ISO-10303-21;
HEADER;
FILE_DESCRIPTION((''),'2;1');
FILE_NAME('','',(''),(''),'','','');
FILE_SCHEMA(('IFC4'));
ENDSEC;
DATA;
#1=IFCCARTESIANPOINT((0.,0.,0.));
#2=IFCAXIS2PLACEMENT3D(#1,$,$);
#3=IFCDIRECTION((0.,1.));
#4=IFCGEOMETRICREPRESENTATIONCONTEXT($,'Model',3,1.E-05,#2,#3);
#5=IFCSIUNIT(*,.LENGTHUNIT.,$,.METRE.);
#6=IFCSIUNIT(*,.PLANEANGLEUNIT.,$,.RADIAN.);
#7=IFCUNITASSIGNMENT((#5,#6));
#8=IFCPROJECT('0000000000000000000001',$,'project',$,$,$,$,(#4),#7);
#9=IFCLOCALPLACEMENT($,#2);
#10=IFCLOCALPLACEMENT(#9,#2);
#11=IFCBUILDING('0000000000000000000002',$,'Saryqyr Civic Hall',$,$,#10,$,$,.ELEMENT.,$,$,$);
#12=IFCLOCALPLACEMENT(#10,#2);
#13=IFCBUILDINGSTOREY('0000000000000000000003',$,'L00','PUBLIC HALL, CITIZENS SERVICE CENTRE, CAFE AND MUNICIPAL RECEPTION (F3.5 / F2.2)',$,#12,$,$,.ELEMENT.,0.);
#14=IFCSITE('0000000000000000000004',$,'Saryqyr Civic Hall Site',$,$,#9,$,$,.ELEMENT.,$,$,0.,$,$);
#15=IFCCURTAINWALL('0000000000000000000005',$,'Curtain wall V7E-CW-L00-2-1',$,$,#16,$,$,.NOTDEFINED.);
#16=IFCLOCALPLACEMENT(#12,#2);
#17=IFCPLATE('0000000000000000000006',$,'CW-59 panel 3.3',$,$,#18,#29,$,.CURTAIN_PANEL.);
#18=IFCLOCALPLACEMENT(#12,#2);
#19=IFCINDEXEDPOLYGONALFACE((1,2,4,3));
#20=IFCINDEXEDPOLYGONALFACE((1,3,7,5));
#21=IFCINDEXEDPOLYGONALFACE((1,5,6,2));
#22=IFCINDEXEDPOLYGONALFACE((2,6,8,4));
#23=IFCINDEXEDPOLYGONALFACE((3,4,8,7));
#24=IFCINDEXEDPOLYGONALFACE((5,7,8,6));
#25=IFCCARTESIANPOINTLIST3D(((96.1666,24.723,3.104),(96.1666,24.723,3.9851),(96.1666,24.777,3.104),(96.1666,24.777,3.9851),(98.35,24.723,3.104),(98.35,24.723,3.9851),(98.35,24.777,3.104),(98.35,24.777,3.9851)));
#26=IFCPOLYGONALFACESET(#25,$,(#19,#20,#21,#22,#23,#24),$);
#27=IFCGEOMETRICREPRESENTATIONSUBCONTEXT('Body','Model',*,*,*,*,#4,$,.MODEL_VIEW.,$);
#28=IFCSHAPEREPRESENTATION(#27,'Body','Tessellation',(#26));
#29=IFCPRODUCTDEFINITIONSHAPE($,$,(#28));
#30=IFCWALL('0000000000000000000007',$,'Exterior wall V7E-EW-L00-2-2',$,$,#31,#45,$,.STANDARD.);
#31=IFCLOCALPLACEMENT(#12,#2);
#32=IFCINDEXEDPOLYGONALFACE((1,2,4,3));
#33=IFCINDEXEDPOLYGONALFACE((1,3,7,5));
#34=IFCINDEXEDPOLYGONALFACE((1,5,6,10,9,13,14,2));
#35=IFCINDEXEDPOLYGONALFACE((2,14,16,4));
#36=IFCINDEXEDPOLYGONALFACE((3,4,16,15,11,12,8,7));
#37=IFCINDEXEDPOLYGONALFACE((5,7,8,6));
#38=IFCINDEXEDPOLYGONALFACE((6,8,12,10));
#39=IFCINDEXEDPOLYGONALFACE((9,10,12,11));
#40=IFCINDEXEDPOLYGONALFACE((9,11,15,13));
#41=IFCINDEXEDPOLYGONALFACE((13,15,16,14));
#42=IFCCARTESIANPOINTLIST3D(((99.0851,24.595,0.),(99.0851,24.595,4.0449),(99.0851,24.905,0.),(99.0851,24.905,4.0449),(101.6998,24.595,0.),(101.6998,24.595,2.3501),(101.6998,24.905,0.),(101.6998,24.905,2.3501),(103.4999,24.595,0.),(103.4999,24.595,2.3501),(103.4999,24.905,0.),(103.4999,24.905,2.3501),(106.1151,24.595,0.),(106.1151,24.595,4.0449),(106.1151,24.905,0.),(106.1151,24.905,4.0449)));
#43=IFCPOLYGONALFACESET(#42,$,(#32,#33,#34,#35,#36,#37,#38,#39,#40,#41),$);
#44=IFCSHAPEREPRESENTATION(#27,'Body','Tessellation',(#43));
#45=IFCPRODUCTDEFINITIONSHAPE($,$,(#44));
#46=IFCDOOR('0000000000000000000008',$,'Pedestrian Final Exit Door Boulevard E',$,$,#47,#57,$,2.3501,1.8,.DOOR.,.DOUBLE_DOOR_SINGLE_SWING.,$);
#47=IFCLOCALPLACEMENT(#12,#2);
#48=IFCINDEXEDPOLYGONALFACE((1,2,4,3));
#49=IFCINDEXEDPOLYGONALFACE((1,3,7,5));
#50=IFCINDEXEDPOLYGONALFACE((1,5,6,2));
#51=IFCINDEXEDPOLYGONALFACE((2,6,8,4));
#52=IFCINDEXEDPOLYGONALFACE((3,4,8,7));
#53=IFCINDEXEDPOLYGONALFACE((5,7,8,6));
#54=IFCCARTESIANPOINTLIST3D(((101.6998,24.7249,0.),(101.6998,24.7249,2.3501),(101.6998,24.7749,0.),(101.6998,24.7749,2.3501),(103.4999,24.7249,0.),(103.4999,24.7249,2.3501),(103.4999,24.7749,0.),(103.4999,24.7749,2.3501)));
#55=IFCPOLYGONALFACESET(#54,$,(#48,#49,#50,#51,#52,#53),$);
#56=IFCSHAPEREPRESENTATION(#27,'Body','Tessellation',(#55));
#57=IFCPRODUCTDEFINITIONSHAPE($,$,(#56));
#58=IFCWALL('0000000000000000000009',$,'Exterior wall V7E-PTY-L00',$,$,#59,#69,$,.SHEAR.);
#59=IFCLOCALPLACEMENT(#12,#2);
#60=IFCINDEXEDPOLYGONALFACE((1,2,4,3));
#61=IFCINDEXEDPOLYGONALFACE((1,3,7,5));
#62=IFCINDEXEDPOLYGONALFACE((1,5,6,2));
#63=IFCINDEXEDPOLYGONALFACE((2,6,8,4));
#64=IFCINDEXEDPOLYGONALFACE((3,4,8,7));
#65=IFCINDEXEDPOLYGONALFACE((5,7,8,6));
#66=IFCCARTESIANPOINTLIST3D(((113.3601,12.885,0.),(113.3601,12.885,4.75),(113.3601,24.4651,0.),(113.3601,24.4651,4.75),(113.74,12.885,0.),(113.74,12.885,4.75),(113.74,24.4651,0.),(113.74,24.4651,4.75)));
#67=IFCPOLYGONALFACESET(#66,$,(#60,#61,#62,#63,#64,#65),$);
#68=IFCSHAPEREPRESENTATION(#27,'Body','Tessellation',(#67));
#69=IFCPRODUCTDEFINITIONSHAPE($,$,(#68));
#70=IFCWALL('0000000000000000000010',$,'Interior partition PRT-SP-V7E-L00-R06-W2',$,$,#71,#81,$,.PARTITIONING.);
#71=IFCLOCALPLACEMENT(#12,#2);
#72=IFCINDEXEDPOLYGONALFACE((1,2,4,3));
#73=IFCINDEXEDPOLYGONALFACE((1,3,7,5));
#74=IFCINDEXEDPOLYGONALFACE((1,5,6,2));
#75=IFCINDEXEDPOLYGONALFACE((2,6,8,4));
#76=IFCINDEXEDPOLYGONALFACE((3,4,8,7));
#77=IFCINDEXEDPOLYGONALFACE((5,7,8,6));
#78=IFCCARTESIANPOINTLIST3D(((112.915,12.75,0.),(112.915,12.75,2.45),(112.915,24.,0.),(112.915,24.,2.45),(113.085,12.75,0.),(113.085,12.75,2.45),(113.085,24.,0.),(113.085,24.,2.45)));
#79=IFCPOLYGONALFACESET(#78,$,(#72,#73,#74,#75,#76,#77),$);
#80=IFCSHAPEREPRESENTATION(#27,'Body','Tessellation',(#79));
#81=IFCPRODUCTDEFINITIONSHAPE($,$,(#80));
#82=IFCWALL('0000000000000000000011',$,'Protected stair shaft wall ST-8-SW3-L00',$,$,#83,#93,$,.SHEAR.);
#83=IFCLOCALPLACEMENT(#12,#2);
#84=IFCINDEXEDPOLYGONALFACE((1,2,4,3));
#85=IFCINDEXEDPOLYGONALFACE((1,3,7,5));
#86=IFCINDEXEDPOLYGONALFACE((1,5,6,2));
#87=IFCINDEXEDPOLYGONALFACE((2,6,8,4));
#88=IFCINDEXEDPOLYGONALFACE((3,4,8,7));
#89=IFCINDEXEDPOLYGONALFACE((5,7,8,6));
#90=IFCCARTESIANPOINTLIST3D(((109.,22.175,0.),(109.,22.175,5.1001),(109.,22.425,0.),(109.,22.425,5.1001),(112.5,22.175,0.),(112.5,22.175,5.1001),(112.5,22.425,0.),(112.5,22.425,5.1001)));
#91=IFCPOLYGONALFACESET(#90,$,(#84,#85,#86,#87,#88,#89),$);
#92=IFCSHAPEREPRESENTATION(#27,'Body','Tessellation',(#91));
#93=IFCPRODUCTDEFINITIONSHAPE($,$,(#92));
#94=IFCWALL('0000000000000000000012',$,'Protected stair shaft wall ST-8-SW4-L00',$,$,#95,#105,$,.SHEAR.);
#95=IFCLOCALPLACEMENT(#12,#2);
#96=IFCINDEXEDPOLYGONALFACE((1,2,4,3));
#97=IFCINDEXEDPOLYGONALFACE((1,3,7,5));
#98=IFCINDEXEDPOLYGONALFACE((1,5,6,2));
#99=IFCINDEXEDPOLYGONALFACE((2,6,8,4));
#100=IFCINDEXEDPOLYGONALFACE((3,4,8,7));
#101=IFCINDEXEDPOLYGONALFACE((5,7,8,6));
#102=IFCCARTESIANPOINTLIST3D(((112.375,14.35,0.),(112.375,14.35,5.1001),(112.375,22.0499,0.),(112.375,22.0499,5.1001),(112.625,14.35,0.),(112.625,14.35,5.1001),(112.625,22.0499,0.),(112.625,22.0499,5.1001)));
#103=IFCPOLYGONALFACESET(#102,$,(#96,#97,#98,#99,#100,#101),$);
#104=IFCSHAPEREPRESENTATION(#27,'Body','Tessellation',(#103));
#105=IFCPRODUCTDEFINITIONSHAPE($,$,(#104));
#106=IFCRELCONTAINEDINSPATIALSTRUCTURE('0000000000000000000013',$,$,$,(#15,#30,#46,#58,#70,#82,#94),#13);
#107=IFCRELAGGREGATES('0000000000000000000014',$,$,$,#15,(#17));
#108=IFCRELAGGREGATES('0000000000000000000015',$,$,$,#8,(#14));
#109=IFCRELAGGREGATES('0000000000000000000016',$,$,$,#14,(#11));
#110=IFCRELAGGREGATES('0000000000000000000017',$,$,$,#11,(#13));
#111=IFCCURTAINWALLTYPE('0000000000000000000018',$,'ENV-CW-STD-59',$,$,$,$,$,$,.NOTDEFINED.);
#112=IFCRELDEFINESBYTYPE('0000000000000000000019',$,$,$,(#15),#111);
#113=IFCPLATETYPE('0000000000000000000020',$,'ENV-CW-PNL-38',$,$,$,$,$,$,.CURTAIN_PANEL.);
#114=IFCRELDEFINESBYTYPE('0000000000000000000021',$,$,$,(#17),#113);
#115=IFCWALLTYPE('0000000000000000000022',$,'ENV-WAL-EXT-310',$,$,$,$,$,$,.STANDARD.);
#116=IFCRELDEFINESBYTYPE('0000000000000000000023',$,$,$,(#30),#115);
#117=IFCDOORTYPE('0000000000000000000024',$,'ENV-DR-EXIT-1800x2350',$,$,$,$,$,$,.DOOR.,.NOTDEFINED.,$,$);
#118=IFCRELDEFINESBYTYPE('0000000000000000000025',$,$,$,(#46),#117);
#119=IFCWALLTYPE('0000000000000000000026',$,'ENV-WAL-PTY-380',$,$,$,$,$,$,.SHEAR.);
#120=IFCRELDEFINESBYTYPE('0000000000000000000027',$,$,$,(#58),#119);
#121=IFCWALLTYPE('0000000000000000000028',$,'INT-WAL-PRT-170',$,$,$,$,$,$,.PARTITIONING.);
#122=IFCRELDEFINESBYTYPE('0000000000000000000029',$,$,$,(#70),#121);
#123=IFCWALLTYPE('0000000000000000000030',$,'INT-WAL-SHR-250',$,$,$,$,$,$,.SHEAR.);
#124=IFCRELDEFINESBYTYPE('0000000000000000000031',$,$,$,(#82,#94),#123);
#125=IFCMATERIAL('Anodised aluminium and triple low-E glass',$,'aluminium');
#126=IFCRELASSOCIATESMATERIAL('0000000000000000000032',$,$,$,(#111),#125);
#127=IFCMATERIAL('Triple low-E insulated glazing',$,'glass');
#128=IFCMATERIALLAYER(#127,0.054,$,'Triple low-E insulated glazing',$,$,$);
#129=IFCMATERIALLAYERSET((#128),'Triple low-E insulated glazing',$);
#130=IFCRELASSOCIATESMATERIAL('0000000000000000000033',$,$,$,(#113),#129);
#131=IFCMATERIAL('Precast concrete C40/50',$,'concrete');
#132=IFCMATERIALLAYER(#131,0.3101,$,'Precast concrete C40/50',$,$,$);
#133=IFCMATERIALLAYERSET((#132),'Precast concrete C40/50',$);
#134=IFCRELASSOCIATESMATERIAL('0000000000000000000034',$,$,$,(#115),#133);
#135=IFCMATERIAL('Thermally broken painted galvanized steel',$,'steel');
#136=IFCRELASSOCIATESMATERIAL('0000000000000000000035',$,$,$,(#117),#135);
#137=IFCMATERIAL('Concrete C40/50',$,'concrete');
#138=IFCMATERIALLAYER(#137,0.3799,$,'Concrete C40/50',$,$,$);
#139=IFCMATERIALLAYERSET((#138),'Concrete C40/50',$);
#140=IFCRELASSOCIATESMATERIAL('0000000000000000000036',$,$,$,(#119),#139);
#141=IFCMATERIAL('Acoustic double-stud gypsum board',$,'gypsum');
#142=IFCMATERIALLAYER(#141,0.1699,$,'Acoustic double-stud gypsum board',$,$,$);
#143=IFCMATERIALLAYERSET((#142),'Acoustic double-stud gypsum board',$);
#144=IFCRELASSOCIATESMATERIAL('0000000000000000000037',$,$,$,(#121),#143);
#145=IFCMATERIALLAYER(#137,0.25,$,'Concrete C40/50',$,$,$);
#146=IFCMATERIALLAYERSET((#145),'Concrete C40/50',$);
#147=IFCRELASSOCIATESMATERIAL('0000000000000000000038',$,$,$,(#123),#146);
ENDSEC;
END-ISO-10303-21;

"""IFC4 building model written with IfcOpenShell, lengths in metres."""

from ifc_helpers import new_model, si_unit, direction, frame, frame_2d, origin, origin_2d, place, context, subcontext, project, spatial, rectangle, extrude, material, layer, layer_set, type_object, element, fill, aggregate, save


model = new_model("IFC4")

# Units and contexts
model_context = context("Model", 3, precision=1e-05, world=origin(), true_north=direction((0.0, 1.0)))
body_context = subcontext(model_context, "Body", "Model", "MODEL_VIEW")
ifc_project = project(units=[si_unit("LENGTHUNIT", "METRE"), si_unit("PLANEANGLEUNIT", "RADIAN")], contexts=[model_context])

# Site, building, storey
site_placement = place(None, origin())
site = spatial("IfcSite", under=ifc_project, at=site_placement, Name="Saryqyr Civic Hall Site", CompositionType="ELEMENT", RefElevation=0.0)
building_placement = place(site_placement, origin())
building = spatial("IfcBuilding", under=site, at=building_placement, Name="Saryqyr Civic Hall", CompositionType="ELEMENT")
storey_placement = place(building_placement, origin())
storey = spatial("IfcBuildingStorey", under=building, at=storey_placement, Name="L00", Description="PUBLIC HALL, CITIZENS SERVICE CENTRE, CAFE AND MUNICIPAL RECEPTION (F3.5 / F2.2)", CompositionType="ELEMENT", Elevation=0.0)

# Shared definitions
ifc_material_1 = material(Name="Concrete C40/50", Category="concrete")

# Curtain wall
ifc_material_2 = material(Name="Anodised aluminium and triple low-E glass", Category="aluminium")
curtain_wall_type = type_object("IfcCurtainWallType", Name="ENV-CW-STD-59", PredefinedType="NOTDEFINED", material=ifc_material_2)
curtain_wall_placement = place(storey_placement, origin())
curtain_wall = element("IfcCurtainWall", 1, at=curtain_wall_placement, inside=storey, type_object=curtain_wall_type, Name="Curtain wall V7E-CW-L00-2-1", PredefinedType="NOTDEFINED")

# Plate
ifc_material_3 = material(Name="Triple low-E insulated glazing", Category="glass")
ifc_layer_1 = layer(ifc_material_3, 0.054, Name="Triple low-E insulated glazing")
ifc_layer_set_1 = layer_set([ifc_layer_1], Name="Triple low-E insulated glazing")
plate_type = type_object("IfcPlateType", Name="ENV-CW-PNL-38", PredefinedType="CURTAIN_PANEL", material=ifc_layer_set_1)
plate_1_placement = place(storey_placement, frame((97.2583, 24.75, 3.104), z_axis=(0.0, 0.0, 1.0), x_axis=(1.0, 0.0, 0.0)))
plate_1 = element("IfcPlate", 2, at=plate_1_placement, type_object=plate_type, Name="CW-59 panel 3.3", PredefinedType="CURTAIN_PANEL", context=body_context, shape_type="SweptSolid", body=[
    extrude(rectangle(XDim=2.1833, YDim=0.054, at=origin_2d()), origin(), (0.0, 0.0, 1.0), 0.8811),
])
aggregate(curtain_wall, [plate_1])

# Wall, opening, door
ifc_material_4 = material(Name="Precast concrete C40/50", Category="concrete")
ifc_layer_2 = layer(ifc_material_4, 0.3101, Name="Precast concrete C40/50")
ifc_layer_set_2 = layer_set([ifc_layer_2], Name="Precast concrete C40/50")
wall_type_1 = type_object("IfcWallType", Name="ENV-WAL-EXT-310", PredefinedType="STANDARD", material=ifc_layer_set_2)
wall_1_placement = place(storey_placement, frame((99.085, 24.75, 0.0), z_axis=(0.0, 0.0, 1.0), x_axis=(1.0, 0.0, 0.0)))
wall_1 = element("IfcWall", 3, at=wall_1_placement, inside=storey, type_object=wall_type_1, Name="Exterior wall V7E-EW-L00-2-2", PredefinedType="STANDARD", context=body_context, shape_type="SweptSolid", body=[
    extrude(rectangle(XDim=7.03, YDim=0.3101, at=frame_2d((3.5151, 0.0))), origin(), (0.0, 0.0, 1.0), 4.0449),
])
opening_placement = place(wall_1_placement, frame((2.615, 0.0, 0.0)))
opening = element("IfcOpeningElement", 4, at=opening_placement, cuts=wall_1, PredefinedType="OPENING", context=body_context, shape_type="SweptSolid", body=[
    extrude(rectangle(XDim=1.8, YDim=2.3501, at=frame_2d((0.8999, 1.175))), frame((0.0, 0.165, 0.0), z_axis=(0.0, -1.0, 0.0), x_axis=(1.0, 0.0, 0.0)), (0.0, 0.0, 1.0), 0.3301),
])
ifc_material_5 = material(Name="Thermally broken painted galvanized steel", Category="steel")
door_type = type_object("IfcDoorType", Name="ENV-DR-EXIT-1800x2350", OperationType="NOTDEFINED", PredefinedType="DOOR", material=ifc_material_5)
door_placement = place(opening_placement, origin())
door = element("IfcDoor", 5, at=door_placement, inside=storey, type_object=door_type, Name="Pedestrian Final Exit Door Boulevard E", OperationType="DOUBLE_DOOR_SINGLE_SWING", OverallHeight=2.3501, OverallWidth=1.8, PredefinedType="DOOR", context=body_context, shape_type="SweptSolid", body=[
    extrude(rectangle(XDim=1.8, YDim=2.3501, at=frame_2d((0.8999, 1.175))), frame((0.0, 0.0249, 0.0), z_axis=(0.0, -1.0, 0.0), x_axis=(1.0, 0.0, 0.0)), (0.0, 0.0, 1.0), 0.05),
])
fill(opening, door)

# Walls
ifc_layer_3 = layer(ifc_material_1, 0.3799, Name="Concrete C40/50")
ifc_layer_set_3 = layer_set([ifc_layer_3], Name="Concrete C40/50")
wall_type_2 = type_object("IfcWallType", Name="ENV-WAL-PTY-380", PredefinedType="SHEAR", material=ifc_layer_set_3)
wall_2_placement = place(storey_placement, frame((113.55, 24.4651, 0.0), z_axis=(0.0, 0.0, 1.0), x_axis=(0.0, -1.0, 0.0)))
element("IfcWall", 6, at=wall_2_placement, inside=storey, type_object=wall_type_2, Name="Exterior wall V7E-PTY-L00", PredefinedType="SHEAR", context=body_context, shape_type="SweptSolid", body=[
    extrude(rectangle(XDim=11.5801, YDim=0.3799, at=frame_2d((5.79, 0.0))), origin(), (0.0, 0.0, 1.0), 4.75),
])
ifc_material_6 = material(Name="Acoustic double-stud gypsum board", Category="gypsum")
ifc_layer_4 = layer(ifc_material_6, 0.1699, Name="Acoustic double-stud gypsum board")
ifc_layer_set_4 = layer_set([ifc_layer_4], Name="Acoustic double-stud gypsum board")
wall_type_3 = type_object("IfcWallType", Name="INT-WAL-PRT-170", PredefinedType="PARTITIONING", material=ifc_layer_set_4)
wall_3_placement = place(storey_placement, frame((113.0, 24.0, 0.0), z_axis=(0.0, 0.0, 1.0), x_axis=(0.0, -1.0, 0.0)))
element("IfcWall", 7, at=wall_3_placement, inside=storey, type_object=wall_type_3, Name="Interior partition PRT-SP-V7E-L00-R06-W2", PredefinedType="PARTITIONING", context=body_context, shape_type="SweptSolid", body=[
    extrude(rectangle(XDim=11.25, YDim=0.1699, at=frame_2d((5.625, 0.0))), origin(), (0.0, 0.0, 1.0), 2.45),
])
ifc_layer_5 = layer(ifc_material_1, 0.25, Name="Concrete C40/50")
ifc_layer_set_5 = layer_set([ifc_layer_5], Name="Concrete C40/50")
wall_type_4 = type_object("IfcWallType", Name="INT-WAL-SHR-250", PredefinedType="SHEAR", material=ifc_layer_set_5)
wall_4_placement = place(storey_placement, frame((109.0, 22.3, 0.0), z_axis=(0.0, 0.0, 1.0), x_axis=(1.0, 0.0, 0.0)))
element("IfcWall", 8, at=wall_4_placement, inside=storey, type_object=wall_type_4, Name="Protected stair shaft wall ST-8-SW3-L00", PredefinedType="SHEAR", context=body_context, shape_type="SweptSolid", body=[
    extrude(rectangle(XDim=3.5, YDim=0.25, at=frame_2d((1.75, 0.0))), origin(), (0.0, 0.0, 1.0), 5.1001),
])
wall_5_placement = place(storey_placement, frame((112.5, 22.05, 0.0), z_axis=(0.0, 0.0, 1.0), x_axis=(0.0, -1.0, 0.0)))
element("IfcWall", 9, at=wall_5_placement, inside=storey, type_object=wall_type_4, Name="Protected stair shaft wall ST-8-SW4-L00", PredefinedType="SHEAR", context=body_context, shape_type="SweptSolid", body=[
    extrude(rectangle(XDim=7.7, YDim=0.25, at=frame_2d((3.8501, 0.0))), origin(), (0.0, 0.0, 1.0), 5.1001),
])

save(model, "model.ifc")
